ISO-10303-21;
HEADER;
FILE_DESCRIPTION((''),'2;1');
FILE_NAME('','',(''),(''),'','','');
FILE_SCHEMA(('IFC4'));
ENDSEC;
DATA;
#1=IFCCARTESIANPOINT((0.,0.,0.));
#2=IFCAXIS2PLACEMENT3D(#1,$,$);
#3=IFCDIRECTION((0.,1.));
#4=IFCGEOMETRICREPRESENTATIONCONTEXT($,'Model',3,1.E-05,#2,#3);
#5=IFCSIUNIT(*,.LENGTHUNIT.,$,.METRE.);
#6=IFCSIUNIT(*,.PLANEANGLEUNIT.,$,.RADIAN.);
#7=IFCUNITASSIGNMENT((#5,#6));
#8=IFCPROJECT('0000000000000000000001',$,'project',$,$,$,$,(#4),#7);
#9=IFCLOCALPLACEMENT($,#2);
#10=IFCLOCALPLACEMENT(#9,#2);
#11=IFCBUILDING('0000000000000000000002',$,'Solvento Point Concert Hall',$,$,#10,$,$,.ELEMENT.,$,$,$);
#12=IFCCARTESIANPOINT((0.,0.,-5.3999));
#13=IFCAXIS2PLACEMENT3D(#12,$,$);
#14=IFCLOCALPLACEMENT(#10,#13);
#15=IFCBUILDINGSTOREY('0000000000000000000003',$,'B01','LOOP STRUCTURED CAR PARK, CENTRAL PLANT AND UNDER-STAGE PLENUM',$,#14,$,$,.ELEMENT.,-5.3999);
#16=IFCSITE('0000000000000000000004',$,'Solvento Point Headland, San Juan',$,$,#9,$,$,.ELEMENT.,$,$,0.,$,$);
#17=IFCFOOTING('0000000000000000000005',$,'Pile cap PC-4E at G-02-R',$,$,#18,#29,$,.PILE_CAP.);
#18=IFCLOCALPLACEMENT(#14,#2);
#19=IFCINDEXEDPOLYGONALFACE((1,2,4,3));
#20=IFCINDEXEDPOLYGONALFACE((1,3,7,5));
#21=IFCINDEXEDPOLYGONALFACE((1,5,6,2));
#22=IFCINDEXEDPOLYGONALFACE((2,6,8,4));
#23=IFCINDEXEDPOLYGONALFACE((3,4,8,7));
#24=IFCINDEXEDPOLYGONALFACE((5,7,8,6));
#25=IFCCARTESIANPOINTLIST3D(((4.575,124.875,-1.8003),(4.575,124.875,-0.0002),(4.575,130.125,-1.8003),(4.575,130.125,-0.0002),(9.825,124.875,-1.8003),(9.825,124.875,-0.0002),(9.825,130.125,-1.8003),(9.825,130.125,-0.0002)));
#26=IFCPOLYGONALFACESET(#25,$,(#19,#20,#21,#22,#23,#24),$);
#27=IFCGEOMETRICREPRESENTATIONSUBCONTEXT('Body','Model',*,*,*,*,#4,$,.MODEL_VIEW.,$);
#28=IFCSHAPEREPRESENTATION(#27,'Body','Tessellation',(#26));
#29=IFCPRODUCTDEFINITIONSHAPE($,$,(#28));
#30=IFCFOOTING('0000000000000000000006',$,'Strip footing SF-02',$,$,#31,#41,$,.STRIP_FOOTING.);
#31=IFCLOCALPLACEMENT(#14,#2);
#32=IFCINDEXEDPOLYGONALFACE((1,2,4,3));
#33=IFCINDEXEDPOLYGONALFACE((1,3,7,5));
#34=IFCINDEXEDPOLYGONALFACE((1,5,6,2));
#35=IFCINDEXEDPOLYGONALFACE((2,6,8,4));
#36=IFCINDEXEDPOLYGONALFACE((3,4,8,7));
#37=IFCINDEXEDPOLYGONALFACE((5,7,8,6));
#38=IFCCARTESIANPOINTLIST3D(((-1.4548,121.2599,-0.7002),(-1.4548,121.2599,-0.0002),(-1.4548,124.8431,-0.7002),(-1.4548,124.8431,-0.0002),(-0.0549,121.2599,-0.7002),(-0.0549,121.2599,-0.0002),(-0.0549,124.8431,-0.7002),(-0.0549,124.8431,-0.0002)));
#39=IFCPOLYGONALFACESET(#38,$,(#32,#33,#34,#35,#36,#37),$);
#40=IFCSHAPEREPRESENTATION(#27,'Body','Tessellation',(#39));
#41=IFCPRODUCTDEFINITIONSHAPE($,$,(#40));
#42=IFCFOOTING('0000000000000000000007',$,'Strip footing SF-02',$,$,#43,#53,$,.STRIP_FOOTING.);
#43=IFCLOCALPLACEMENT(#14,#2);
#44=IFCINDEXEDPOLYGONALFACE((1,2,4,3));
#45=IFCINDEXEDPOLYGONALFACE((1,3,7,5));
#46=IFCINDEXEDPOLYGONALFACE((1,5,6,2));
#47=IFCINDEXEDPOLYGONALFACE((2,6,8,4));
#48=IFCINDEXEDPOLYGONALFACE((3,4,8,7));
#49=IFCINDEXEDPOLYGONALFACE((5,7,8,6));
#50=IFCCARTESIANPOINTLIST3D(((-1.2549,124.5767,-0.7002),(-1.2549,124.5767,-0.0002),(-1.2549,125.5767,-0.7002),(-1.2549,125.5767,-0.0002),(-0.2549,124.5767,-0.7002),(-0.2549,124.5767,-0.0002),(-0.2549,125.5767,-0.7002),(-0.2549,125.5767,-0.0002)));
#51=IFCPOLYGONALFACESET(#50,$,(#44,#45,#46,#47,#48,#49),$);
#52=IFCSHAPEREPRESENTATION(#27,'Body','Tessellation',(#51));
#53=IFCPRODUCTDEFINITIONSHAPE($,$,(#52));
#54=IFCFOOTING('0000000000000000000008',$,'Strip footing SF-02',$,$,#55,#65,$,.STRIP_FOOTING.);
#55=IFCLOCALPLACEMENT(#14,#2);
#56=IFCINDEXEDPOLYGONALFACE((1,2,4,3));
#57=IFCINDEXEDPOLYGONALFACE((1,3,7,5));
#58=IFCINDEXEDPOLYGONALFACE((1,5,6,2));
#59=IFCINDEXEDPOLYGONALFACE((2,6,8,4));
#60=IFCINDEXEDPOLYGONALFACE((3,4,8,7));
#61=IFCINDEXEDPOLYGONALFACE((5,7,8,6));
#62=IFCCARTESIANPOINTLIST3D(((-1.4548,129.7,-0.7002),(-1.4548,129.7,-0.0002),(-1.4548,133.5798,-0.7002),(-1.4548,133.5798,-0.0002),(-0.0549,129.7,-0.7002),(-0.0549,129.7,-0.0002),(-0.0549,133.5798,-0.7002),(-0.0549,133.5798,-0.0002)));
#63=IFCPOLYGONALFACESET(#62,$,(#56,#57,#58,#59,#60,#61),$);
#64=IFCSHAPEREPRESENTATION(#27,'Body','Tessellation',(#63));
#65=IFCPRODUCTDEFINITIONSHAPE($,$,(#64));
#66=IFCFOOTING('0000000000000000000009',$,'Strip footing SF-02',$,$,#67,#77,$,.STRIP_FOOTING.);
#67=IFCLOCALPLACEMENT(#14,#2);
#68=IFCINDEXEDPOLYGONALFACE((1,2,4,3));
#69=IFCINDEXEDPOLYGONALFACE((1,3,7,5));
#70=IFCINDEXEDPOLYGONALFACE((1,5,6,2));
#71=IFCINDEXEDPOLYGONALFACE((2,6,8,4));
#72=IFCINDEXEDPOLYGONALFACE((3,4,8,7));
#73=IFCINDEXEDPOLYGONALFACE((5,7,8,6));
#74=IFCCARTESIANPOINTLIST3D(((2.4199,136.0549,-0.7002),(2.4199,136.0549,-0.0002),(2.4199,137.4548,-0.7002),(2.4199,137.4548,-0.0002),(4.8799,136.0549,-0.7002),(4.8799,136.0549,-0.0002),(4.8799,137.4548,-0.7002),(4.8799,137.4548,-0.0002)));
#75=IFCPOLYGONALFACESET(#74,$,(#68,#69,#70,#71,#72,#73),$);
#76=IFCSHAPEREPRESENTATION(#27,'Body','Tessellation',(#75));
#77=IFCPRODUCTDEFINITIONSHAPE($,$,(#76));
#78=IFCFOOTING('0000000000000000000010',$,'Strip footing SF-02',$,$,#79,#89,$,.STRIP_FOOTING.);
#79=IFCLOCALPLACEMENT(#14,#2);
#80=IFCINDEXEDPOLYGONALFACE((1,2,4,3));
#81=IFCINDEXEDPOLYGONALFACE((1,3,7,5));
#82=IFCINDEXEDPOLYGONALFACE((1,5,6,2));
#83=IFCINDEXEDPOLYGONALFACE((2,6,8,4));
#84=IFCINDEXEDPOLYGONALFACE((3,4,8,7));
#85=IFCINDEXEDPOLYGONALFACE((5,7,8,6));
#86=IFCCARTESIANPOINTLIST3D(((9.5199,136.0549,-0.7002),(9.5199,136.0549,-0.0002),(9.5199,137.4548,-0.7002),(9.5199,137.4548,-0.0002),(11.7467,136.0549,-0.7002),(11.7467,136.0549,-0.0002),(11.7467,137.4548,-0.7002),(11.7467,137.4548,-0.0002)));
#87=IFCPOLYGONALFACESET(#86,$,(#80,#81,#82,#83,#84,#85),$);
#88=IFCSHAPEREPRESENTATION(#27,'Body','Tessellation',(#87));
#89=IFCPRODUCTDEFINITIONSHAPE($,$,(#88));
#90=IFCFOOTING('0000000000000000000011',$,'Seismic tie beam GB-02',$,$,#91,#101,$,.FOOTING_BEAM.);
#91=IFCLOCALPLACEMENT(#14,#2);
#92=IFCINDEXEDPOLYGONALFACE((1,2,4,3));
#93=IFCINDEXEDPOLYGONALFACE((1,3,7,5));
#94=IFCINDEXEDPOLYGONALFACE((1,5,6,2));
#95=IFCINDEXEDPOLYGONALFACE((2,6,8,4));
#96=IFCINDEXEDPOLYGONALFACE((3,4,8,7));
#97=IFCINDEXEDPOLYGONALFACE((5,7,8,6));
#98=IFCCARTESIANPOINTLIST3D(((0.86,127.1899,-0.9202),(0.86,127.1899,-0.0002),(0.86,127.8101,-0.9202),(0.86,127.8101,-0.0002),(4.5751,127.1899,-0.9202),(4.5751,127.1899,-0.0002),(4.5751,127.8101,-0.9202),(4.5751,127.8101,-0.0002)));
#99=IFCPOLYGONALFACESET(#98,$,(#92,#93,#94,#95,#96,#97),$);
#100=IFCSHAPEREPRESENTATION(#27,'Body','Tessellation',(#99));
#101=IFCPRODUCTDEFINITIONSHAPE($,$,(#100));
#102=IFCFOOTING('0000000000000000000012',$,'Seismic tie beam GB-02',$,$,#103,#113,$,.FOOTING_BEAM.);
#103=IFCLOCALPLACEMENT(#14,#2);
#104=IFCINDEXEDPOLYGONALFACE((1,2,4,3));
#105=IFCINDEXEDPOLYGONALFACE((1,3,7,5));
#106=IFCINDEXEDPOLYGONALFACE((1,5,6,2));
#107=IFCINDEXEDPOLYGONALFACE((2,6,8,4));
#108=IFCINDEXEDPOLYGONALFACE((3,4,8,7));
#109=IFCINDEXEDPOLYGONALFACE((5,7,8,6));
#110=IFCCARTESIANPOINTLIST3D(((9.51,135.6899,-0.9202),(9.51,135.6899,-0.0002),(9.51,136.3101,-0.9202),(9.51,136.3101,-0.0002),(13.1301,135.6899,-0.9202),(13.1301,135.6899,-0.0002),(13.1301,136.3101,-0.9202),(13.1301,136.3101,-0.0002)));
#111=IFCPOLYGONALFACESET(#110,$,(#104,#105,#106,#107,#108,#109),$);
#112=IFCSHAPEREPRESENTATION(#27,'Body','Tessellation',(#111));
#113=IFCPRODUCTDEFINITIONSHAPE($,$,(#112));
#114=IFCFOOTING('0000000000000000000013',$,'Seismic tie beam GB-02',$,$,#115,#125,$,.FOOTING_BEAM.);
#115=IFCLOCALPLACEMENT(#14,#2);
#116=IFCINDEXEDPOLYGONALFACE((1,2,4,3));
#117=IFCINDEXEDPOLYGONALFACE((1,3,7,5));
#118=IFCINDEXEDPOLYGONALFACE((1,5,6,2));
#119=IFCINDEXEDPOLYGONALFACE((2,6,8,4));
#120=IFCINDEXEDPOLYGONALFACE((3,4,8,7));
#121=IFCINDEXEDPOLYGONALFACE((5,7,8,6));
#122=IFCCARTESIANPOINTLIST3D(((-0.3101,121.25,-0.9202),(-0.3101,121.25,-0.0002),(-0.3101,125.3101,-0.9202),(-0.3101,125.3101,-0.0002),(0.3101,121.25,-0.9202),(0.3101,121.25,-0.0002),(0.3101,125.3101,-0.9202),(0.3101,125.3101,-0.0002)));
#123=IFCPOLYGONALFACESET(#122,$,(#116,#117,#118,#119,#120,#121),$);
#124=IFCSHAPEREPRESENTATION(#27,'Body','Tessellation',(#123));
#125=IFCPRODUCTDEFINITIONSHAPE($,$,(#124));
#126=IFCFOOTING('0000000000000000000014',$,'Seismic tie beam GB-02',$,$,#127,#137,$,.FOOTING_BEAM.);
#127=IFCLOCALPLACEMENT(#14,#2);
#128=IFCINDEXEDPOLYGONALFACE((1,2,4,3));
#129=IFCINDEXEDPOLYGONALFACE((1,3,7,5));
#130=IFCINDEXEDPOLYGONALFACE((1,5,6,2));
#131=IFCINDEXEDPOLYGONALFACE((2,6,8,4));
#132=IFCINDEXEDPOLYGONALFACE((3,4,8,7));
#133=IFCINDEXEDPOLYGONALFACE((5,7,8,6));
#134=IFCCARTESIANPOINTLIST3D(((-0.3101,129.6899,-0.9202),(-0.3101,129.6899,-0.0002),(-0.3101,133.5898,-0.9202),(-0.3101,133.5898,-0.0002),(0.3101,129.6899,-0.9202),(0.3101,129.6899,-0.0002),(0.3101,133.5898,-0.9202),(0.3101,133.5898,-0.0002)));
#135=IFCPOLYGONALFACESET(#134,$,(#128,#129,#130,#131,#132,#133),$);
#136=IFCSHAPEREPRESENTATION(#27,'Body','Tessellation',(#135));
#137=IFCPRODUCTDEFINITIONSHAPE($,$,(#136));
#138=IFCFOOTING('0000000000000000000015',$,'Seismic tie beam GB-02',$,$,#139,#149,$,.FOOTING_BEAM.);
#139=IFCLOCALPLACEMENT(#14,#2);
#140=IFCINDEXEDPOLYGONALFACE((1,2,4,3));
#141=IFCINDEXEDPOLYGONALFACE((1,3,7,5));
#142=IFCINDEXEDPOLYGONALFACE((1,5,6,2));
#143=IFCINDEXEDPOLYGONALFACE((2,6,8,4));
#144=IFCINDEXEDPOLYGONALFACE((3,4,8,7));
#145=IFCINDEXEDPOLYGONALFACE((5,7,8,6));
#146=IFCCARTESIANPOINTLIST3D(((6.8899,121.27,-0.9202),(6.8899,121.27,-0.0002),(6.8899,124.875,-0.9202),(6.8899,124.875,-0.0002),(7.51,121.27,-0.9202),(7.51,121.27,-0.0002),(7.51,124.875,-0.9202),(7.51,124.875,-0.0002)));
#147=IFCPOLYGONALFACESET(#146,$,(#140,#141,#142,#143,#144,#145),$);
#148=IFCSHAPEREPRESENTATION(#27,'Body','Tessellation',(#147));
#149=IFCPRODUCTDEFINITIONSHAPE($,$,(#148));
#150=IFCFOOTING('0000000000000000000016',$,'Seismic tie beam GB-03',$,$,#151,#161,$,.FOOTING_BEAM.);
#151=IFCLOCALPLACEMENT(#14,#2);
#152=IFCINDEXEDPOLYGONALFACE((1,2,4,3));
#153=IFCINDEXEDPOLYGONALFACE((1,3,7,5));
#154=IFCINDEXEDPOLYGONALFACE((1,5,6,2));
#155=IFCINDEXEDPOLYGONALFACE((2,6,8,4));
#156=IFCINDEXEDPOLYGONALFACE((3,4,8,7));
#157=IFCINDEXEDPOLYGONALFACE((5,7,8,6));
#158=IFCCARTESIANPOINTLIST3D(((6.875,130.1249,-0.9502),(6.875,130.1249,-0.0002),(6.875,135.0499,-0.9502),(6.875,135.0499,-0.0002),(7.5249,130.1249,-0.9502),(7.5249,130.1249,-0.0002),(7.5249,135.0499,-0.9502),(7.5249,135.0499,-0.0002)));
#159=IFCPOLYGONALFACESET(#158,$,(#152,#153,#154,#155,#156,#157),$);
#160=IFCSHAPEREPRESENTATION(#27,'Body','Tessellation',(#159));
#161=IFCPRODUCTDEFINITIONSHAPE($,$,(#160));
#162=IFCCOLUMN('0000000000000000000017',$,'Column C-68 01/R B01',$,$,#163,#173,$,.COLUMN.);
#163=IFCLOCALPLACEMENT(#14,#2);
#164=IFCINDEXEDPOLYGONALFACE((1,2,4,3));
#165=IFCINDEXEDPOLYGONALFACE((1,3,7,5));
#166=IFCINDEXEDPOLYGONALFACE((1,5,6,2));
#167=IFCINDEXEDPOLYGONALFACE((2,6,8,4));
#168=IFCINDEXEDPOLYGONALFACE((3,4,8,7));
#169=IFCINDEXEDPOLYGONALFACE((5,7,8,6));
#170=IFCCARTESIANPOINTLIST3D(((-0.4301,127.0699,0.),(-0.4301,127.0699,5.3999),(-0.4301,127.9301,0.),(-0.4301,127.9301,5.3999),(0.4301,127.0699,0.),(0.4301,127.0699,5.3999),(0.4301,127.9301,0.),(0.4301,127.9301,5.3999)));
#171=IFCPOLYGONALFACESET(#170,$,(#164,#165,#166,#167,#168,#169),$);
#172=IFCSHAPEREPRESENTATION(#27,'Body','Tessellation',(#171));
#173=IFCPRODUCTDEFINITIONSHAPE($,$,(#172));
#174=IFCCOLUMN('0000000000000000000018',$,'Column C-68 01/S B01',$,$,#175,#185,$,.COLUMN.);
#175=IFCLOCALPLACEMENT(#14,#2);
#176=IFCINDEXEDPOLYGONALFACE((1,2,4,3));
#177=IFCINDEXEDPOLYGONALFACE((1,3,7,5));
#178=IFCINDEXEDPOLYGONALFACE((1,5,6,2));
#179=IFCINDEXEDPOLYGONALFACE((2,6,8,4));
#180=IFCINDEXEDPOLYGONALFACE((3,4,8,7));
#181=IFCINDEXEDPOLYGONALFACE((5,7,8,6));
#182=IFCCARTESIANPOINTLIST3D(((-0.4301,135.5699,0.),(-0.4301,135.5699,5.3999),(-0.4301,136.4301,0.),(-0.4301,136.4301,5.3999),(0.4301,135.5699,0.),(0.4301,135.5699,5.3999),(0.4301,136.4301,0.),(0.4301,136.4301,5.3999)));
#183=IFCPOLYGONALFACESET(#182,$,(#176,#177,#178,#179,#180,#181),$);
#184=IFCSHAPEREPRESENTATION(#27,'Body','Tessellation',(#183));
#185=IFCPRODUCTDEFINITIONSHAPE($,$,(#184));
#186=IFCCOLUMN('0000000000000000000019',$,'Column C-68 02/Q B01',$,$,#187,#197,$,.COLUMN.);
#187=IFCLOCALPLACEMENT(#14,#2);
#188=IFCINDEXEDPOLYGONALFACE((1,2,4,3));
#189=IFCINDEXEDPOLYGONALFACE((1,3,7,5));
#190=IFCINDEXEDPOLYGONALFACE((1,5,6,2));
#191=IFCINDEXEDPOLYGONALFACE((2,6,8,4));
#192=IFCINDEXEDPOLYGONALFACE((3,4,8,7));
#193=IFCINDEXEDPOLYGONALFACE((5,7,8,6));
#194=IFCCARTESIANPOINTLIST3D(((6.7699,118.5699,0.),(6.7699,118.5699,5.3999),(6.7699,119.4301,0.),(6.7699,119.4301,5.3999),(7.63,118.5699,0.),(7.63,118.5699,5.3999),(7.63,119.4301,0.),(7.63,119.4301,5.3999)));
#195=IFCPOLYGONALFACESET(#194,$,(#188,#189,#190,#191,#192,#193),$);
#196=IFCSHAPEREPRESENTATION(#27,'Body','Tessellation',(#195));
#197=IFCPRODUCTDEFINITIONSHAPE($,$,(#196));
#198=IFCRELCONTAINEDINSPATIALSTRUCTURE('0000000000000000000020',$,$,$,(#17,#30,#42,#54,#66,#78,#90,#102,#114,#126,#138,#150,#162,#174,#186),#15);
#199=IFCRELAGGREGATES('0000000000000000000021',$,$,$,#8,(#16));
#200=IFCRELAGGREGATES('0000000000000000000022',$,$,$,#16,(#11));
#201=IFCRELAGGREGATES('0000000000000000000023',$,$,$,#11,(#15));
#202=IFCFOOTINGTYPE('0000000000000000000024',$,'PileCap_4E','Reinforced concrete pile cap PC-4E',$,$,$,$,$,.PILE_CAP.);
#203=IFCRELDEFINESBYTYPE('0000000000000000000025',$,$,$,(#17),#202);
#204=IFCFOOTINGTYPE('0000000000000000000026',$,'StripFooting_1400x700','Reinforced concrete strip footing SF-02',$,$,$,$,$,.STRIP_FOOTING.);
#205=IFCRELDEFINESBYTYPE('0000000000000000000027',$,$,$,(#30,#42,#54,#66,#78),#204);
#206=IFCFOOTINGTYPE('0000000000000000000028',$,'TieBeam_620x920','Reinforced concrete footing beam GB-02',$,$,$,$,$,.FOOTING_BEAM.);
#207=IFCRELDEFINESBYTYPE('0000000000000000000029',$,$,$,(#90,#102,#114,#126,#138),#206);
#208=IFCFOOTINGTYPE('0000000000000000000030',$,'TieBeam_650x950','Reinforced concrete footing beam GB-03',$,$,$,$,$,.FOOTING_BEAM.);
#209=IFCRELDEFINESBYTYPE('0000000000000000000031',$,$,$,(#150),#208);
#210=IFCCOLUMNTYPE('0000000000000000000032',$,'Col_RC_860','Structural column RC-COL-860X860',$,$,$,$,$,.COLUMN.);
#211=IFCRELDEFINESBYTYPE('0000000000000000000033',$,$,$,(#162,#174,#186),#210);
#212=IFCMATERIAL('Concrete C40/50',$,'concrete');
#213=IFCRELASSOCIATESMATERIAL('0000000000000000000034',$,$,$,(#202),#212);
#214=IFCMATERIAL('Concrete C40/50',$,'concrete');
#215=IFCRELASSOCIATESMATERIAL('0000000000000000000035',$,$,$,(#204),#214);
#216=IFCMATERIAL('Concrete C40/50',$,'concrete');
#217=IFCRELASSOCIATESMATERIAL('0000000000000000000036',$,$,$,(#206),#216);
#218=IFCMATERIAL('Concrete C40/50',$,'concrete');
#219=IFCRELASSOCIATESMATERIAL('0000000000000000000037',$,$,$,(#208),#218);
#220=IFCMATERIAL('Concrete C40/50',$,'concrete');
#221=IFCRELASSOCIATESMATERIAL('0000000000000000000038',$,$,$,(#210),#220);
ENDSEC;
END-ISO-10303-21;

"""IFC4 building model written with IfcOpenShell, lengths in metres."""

from ifc_helpers import new_model, si_unit, direction, frame, origin, origin_2d, place, context, subcontext, project, spatial, rectangle, extrude, material, material_profile, profile_set, type_object, element, save


model = new_model("IFC4")

# Units and contexts
model_context = context("Model", 3, precision=1e-05, world=origin(), true_north=direction((0.0, 1.0)))
body_context = subcontext(model_context, "Body", "Model", "MODEL_VIEW")
ifc_project = project(units=[si_unit("LENGTHUNIT", "METRE"), si_unit("PLANEANGLEUNIT", "RADIAN")], contexts=[model_context])

# Site, building, storey
site_placement = place(None, origin())
site = spatial("IfcSite", under=ifc_project, at=site_placement, Name="Solvento Point Headland, San Juan", CompositionType="ELEMENT", RefElevation=0.0)
building_placement = place(site_placement, origin())
building = spatial("IfcBuilding", under=site, at=building_placement, Name="Solvento Point Concert Hall", CompositionType="ELEMENT")
storey_placement = place(building_placement, frame((0.0, 0.0, -5.3999)))
storey = spatial("IfcBuildingStorey", under=building, at=storey_placement, Name="B01", Description="LOOP STRUCTURED CAR PARK, CENTRAL PLANT AND UNDER-STAGE PLENUM", CompositionType="ELEMENT", Elevation=-5.3999)

# Footings
ifc_material_1 = material(Name="Concrete C40/50", Category="concrete")
footing_type_1 = type_object("IfcFootingType", Name="PileCap_4E", Description="Reinforced concrete pile cap PC-4E", PredefinedType="PILE_CAP", material=ifc_material_1)
footing_1_placement = place(storey_placement, frame((7.2, 127.5, -1.8003), z_axis=(0.0, 0.0, 1.0), x_axis=(1.0, 0.0, 0.0)))
element("IfcFooting", 1, at=footing_1_placement, inside=storey, type_object=footing_type_1, Name="Pile cap PC-4E at G-02-R", PredefinedType="PILE_CAP", context=body_context, shape_type="SweptSolid", body=[
    extrude(rectangle(XDim=5.25, YDim=5.25, at=origin_2d()), origin(), (0.0, 0.0, 1.0), 1.8),
])
ifc_material_2 = material(Name="Concrete C40/50", Category="concrete")
footing_type_2 = type_object("IfcFootingType", Name="StripFooting_1400x700", Description="Reinforced concrete strip footing SF-02", PredefinedType="STRIP_FOOTING", material=ifc_material_2)
footing_2_placement = place(storey_placement, frame((-0.7549, 123.0515, -0.7002), z_axis=(0.0, 0.0, 1.0), x_axis=(0.0, 1.0, 0.0)))
element("IfcFooting", 2, at=footing_2_placement, inside=storey, type_object=footing_type_2, Name="Strip footing SF-02", PredefinedType="STRIP_FOOTING", context=body_context, shape_type="SweptSolid", body=[
    extrude(rectangle(XDim=3.5833, YDim=1.3999, at=origin_2d()), origin(), (0.0, 0.0, 1.0), 0.7),
])
footing_3_placement = place(storey_placement, frame((-0.7549, 125.0767, -0.7002), z_axis=(0.0, 0.0, 1.0), x_axis=(0.0, 1.0, 0.0)))
element("IfcFooting", 3, at=footing_3_placement, inside=storey, type_object=footing_type_2, Name="Strip footing SF-02", PredefinedType="STRIP_FOOTING", context=body_context, shape_type="SweptSolid", body=[
    extrude(rectangle(XDim=1.0, YDim=1.0, at=origin_2d()), origin(), (0.0, 0.0, 1.0), 0.7),
])
footing_4_placement = place(storey_placement, frame((-0.7549, 131.6399, -0.7002), z_axis=(0.0, 0.0, 1.0), x_axis=(0.0, 1.0, 0.0)))
element("IfcFooting", 4, at=footing_4_placement, inside=storey, type_object=footing_type_2, Name="Strip footing SF-02", PredefinedType="STRIP_FOOTING", context=body_context, shape_type="SweptSolid", body=[
    extrude(rectangle(XDim=3.8799, YDim=1.3999, at=origin_2d()), origin(), (0.0, 0.0, 1.0), 0.7),
])
footing_5_placement = place(storey_placement, frame((3.6499, 136.7549, -0.7002), z_axis=(0.0, 0.0, 1.0), x_axis=(1.0, 0.0, 0.0)))
element("IfcFooting", 5, at=footing_5_placement, inside=storey, type_object=footing_type_2, Name="Strip footing SF-02", PredefinedType="STRIP_FOOTING", context=body_context, shape_type="SweptSolid", body=[
    extrude(rectangle(XDim=2.46, YDim=1.3999, at=origin_2d()), origin(), (0.0, 0.0, 1.0), 0.7),
])
footing_6_placement = place(storey_placement, frame((10.6333, 136.7549, -0.7002), z_axis=(0.0, 0.0, 1.0), x_axis=(1.0, 0.0, 0.0)))
element("IfcFooting", 6, at=footing_6_placement, inside=storey, type_object=footing_type_2, Name="Strip footing SF-02", PredefinedType="STRIP_FOOTING", context=body_context, shape_type="SweptSolid", body=[
    extrude(rectangle(XDim=2.2268, YDim=1.3999, at=origin_2d()), origin(), (0.0, 0.0, 1.0), 0.7),
])
ifc_material_3 = material(Name="Concrete C40/50", Category="concrete")
footing_type_3 = type_object("IfcFootingType", Name="TieBeam_620x920", Description="Reinforced concrete footing beam GB-02", PredefinedType="FOOTING_BEAM", material=ifc_material_3)
footing_7_placement = place(storey_placement, frame((2.7175, 127.5, -0.9202), z_axis=(0.0, 0.0, 1.0), x_axis=(1.0, 0.0, 0.0)))
element("IfcFooting", 7, at=footing_7_placement, inside=storey, type_object=footing_type_3, Name="Seismic tie beam GB-02", PredefinedType="FOOTING_BEAM", context=body_context, shape_type="SweptSolid", body=[
    extrude(rectangle(XDim=3.7151, YDim=0.6201, at=origin_2d()), origin(), (0.0, 0.0, 1.0), 0.9199),
])
footing_8_placement = place(storey_placement, frame((11.3201, 136.0, -0.9202), z_axis=(0.0, 0.0, 1.0), x_axis=(1.0, 0.0, 0.0)))
element("IfcFooting", 8, at=footing_8_placement, inside=storey, type_object=footing_type_3, Name="Seismic tie beam GB-02", PredefinedType="FOOTING_BEAM", context=body_context, shape_type="SweptSolid", body=[
    extrude(rectangle(XDim=3.6201, YDim=0.6201, at=origin_2d()), origin(), (0.0, 0.0, 1.0), 0.9199),
])
footing_9_placement = place(storey_placement, frame((0.0, 123.28, -0.9202), z_axis=(0.0, 0.0, 1.0), x_axis=(0.0, 1.0, 0.0)))
element("IfcFooting", 9, at=footing_9_placement, inside=storey, type_object=footing_type_3, Name="Seismic tie beam GB-02", PredefinedType="FOOTING_BEAM", context=body_context, shape_type="SweptSolid", body=[
    extrude(rectangle(XDim=4.0601, YDim=0.6201, at=origin_2d()), origin(), (0.0, 0.0, 1.0), 0.9199),
])
footing_10_placement = place(storey_placement, frame((0.0, 131.6399, -0.9202), z_axis=(0.0, 0.0, 1.0), x_axis=(0.0, 1.0, 0.0)))
element("IfcFooting", 10, at=footing_10_placement, inside=storey, type_object=footing_type_3, Name="Seismic tie beam GB-02", PredefinedType="FOOTING_BEAM", context=body_context, shape_type="SweptSolid", body=[
    extrude(rectangle(XDim=3.8999, YDim=0.6201, at=origin_2d()), origin(), (0.0, 0.0, 1.0), 0.9199),
])
footing_11_placement = place(storey_placement, frame((7.2, 123.0725, -0.9202), z_axis=(0.0, 0.0, 1.0), x_axis=(0.0, 1.0, 0.0)))
element("IfcFooting", 11, at=footing_11_placement, inside=storey, type_object=footing_type_3, Name="Seismic tie beam GB-02", PredefinedType="FOOTING_BEAM", context=body_context, shape_type="SweptSolid", body=[
    extrude(rectangle(XDim=3.605, YDim=0.6201, at=origin_2d()), origin(), (0.0, 0.0, 1.0), 0.9199),
])
ifc_material_4 = material(Name="Concrete C40/50", Category="concrete")
footing_type_4 = type_object("IfcFootingType", Name="TieBeam_650x950", Description="Reinforced concrete footing beam GB-03", PredefinedType="FOOTING_BEAM", material=ifc_material_4)
footing_12_placement = place(storey_placement, frame((7.2, 132.5874, -0.9502), z_axis=(0.0, 0.0, 1.0), x_axis=(0.0, 1.0, 0.0)))
element("IfcFooting", 12, at=footing_12_placement, inside=storey, type_object=footing_type_4, Name="Seismic tie beam GB-03", PredefinedType="FOOTING_BEAM", context=body_context, shape_type="SweptSolid", body=[
    extrude(rectangle(XDim=4.925, YDim=0.6499, at=origin_2d()), origin(), (0.0, 0.0, 1.0), 0.95),
])

# Columns
ifc_material_5 = material(Name="Concrete C40/50", Category="concrete")
ifc_material_profile_1 = material_profile(ifc_material_5, rectangle(XDim=0.8601, YDim=0.8601, at=origin_2d()), Name="RC-COL-860X860")
ifc_profile_set_1 = profile_set([ifc_material_profile_1], Name="Concrete C40/50")
column_type = type_object("IfcColumnType", Name="Col_RC_860", Description="Structural column RC-COL-860X860", PredefinedType="COLUMN", material=ifc_profile_set_1)
for number, where, z_axis, x_axis, name in (
    (13, (0.0, 127.5, 0.0), (0.0, 0.0, 1.0), (1.0, 0.0, 0.0), "Column C-68 01/R B01"),
    (14, (0.0, 136.0, 0.0), (0.0, 0.0, 1.0), (1.0, 0.0, 0.0), "Column C-68 01/S B01"),
    (15, (7.2, 119.0, 0.0), (0.0, 0.0, 1.0), (1.0, 0.0, 0.0), "Column C-68 02/Q B01"),
):
    element("IfcColumn", number, at=place(storey_placement, frame(where, z_axis=z_axis, x_axis=x_axis)), inside=storey, type_object=column_type, Name=name, PredefinedType="COLUMN", context=body_context, shape_type="SweptSolid", body=[
        extrude(rectangle(XDim=0.8601, YDim=0.8601, at=origin_2d()), origin(), (0.0, 0.0, 1.0), 5.3999),
    ])

save(model, "model.ifc")
